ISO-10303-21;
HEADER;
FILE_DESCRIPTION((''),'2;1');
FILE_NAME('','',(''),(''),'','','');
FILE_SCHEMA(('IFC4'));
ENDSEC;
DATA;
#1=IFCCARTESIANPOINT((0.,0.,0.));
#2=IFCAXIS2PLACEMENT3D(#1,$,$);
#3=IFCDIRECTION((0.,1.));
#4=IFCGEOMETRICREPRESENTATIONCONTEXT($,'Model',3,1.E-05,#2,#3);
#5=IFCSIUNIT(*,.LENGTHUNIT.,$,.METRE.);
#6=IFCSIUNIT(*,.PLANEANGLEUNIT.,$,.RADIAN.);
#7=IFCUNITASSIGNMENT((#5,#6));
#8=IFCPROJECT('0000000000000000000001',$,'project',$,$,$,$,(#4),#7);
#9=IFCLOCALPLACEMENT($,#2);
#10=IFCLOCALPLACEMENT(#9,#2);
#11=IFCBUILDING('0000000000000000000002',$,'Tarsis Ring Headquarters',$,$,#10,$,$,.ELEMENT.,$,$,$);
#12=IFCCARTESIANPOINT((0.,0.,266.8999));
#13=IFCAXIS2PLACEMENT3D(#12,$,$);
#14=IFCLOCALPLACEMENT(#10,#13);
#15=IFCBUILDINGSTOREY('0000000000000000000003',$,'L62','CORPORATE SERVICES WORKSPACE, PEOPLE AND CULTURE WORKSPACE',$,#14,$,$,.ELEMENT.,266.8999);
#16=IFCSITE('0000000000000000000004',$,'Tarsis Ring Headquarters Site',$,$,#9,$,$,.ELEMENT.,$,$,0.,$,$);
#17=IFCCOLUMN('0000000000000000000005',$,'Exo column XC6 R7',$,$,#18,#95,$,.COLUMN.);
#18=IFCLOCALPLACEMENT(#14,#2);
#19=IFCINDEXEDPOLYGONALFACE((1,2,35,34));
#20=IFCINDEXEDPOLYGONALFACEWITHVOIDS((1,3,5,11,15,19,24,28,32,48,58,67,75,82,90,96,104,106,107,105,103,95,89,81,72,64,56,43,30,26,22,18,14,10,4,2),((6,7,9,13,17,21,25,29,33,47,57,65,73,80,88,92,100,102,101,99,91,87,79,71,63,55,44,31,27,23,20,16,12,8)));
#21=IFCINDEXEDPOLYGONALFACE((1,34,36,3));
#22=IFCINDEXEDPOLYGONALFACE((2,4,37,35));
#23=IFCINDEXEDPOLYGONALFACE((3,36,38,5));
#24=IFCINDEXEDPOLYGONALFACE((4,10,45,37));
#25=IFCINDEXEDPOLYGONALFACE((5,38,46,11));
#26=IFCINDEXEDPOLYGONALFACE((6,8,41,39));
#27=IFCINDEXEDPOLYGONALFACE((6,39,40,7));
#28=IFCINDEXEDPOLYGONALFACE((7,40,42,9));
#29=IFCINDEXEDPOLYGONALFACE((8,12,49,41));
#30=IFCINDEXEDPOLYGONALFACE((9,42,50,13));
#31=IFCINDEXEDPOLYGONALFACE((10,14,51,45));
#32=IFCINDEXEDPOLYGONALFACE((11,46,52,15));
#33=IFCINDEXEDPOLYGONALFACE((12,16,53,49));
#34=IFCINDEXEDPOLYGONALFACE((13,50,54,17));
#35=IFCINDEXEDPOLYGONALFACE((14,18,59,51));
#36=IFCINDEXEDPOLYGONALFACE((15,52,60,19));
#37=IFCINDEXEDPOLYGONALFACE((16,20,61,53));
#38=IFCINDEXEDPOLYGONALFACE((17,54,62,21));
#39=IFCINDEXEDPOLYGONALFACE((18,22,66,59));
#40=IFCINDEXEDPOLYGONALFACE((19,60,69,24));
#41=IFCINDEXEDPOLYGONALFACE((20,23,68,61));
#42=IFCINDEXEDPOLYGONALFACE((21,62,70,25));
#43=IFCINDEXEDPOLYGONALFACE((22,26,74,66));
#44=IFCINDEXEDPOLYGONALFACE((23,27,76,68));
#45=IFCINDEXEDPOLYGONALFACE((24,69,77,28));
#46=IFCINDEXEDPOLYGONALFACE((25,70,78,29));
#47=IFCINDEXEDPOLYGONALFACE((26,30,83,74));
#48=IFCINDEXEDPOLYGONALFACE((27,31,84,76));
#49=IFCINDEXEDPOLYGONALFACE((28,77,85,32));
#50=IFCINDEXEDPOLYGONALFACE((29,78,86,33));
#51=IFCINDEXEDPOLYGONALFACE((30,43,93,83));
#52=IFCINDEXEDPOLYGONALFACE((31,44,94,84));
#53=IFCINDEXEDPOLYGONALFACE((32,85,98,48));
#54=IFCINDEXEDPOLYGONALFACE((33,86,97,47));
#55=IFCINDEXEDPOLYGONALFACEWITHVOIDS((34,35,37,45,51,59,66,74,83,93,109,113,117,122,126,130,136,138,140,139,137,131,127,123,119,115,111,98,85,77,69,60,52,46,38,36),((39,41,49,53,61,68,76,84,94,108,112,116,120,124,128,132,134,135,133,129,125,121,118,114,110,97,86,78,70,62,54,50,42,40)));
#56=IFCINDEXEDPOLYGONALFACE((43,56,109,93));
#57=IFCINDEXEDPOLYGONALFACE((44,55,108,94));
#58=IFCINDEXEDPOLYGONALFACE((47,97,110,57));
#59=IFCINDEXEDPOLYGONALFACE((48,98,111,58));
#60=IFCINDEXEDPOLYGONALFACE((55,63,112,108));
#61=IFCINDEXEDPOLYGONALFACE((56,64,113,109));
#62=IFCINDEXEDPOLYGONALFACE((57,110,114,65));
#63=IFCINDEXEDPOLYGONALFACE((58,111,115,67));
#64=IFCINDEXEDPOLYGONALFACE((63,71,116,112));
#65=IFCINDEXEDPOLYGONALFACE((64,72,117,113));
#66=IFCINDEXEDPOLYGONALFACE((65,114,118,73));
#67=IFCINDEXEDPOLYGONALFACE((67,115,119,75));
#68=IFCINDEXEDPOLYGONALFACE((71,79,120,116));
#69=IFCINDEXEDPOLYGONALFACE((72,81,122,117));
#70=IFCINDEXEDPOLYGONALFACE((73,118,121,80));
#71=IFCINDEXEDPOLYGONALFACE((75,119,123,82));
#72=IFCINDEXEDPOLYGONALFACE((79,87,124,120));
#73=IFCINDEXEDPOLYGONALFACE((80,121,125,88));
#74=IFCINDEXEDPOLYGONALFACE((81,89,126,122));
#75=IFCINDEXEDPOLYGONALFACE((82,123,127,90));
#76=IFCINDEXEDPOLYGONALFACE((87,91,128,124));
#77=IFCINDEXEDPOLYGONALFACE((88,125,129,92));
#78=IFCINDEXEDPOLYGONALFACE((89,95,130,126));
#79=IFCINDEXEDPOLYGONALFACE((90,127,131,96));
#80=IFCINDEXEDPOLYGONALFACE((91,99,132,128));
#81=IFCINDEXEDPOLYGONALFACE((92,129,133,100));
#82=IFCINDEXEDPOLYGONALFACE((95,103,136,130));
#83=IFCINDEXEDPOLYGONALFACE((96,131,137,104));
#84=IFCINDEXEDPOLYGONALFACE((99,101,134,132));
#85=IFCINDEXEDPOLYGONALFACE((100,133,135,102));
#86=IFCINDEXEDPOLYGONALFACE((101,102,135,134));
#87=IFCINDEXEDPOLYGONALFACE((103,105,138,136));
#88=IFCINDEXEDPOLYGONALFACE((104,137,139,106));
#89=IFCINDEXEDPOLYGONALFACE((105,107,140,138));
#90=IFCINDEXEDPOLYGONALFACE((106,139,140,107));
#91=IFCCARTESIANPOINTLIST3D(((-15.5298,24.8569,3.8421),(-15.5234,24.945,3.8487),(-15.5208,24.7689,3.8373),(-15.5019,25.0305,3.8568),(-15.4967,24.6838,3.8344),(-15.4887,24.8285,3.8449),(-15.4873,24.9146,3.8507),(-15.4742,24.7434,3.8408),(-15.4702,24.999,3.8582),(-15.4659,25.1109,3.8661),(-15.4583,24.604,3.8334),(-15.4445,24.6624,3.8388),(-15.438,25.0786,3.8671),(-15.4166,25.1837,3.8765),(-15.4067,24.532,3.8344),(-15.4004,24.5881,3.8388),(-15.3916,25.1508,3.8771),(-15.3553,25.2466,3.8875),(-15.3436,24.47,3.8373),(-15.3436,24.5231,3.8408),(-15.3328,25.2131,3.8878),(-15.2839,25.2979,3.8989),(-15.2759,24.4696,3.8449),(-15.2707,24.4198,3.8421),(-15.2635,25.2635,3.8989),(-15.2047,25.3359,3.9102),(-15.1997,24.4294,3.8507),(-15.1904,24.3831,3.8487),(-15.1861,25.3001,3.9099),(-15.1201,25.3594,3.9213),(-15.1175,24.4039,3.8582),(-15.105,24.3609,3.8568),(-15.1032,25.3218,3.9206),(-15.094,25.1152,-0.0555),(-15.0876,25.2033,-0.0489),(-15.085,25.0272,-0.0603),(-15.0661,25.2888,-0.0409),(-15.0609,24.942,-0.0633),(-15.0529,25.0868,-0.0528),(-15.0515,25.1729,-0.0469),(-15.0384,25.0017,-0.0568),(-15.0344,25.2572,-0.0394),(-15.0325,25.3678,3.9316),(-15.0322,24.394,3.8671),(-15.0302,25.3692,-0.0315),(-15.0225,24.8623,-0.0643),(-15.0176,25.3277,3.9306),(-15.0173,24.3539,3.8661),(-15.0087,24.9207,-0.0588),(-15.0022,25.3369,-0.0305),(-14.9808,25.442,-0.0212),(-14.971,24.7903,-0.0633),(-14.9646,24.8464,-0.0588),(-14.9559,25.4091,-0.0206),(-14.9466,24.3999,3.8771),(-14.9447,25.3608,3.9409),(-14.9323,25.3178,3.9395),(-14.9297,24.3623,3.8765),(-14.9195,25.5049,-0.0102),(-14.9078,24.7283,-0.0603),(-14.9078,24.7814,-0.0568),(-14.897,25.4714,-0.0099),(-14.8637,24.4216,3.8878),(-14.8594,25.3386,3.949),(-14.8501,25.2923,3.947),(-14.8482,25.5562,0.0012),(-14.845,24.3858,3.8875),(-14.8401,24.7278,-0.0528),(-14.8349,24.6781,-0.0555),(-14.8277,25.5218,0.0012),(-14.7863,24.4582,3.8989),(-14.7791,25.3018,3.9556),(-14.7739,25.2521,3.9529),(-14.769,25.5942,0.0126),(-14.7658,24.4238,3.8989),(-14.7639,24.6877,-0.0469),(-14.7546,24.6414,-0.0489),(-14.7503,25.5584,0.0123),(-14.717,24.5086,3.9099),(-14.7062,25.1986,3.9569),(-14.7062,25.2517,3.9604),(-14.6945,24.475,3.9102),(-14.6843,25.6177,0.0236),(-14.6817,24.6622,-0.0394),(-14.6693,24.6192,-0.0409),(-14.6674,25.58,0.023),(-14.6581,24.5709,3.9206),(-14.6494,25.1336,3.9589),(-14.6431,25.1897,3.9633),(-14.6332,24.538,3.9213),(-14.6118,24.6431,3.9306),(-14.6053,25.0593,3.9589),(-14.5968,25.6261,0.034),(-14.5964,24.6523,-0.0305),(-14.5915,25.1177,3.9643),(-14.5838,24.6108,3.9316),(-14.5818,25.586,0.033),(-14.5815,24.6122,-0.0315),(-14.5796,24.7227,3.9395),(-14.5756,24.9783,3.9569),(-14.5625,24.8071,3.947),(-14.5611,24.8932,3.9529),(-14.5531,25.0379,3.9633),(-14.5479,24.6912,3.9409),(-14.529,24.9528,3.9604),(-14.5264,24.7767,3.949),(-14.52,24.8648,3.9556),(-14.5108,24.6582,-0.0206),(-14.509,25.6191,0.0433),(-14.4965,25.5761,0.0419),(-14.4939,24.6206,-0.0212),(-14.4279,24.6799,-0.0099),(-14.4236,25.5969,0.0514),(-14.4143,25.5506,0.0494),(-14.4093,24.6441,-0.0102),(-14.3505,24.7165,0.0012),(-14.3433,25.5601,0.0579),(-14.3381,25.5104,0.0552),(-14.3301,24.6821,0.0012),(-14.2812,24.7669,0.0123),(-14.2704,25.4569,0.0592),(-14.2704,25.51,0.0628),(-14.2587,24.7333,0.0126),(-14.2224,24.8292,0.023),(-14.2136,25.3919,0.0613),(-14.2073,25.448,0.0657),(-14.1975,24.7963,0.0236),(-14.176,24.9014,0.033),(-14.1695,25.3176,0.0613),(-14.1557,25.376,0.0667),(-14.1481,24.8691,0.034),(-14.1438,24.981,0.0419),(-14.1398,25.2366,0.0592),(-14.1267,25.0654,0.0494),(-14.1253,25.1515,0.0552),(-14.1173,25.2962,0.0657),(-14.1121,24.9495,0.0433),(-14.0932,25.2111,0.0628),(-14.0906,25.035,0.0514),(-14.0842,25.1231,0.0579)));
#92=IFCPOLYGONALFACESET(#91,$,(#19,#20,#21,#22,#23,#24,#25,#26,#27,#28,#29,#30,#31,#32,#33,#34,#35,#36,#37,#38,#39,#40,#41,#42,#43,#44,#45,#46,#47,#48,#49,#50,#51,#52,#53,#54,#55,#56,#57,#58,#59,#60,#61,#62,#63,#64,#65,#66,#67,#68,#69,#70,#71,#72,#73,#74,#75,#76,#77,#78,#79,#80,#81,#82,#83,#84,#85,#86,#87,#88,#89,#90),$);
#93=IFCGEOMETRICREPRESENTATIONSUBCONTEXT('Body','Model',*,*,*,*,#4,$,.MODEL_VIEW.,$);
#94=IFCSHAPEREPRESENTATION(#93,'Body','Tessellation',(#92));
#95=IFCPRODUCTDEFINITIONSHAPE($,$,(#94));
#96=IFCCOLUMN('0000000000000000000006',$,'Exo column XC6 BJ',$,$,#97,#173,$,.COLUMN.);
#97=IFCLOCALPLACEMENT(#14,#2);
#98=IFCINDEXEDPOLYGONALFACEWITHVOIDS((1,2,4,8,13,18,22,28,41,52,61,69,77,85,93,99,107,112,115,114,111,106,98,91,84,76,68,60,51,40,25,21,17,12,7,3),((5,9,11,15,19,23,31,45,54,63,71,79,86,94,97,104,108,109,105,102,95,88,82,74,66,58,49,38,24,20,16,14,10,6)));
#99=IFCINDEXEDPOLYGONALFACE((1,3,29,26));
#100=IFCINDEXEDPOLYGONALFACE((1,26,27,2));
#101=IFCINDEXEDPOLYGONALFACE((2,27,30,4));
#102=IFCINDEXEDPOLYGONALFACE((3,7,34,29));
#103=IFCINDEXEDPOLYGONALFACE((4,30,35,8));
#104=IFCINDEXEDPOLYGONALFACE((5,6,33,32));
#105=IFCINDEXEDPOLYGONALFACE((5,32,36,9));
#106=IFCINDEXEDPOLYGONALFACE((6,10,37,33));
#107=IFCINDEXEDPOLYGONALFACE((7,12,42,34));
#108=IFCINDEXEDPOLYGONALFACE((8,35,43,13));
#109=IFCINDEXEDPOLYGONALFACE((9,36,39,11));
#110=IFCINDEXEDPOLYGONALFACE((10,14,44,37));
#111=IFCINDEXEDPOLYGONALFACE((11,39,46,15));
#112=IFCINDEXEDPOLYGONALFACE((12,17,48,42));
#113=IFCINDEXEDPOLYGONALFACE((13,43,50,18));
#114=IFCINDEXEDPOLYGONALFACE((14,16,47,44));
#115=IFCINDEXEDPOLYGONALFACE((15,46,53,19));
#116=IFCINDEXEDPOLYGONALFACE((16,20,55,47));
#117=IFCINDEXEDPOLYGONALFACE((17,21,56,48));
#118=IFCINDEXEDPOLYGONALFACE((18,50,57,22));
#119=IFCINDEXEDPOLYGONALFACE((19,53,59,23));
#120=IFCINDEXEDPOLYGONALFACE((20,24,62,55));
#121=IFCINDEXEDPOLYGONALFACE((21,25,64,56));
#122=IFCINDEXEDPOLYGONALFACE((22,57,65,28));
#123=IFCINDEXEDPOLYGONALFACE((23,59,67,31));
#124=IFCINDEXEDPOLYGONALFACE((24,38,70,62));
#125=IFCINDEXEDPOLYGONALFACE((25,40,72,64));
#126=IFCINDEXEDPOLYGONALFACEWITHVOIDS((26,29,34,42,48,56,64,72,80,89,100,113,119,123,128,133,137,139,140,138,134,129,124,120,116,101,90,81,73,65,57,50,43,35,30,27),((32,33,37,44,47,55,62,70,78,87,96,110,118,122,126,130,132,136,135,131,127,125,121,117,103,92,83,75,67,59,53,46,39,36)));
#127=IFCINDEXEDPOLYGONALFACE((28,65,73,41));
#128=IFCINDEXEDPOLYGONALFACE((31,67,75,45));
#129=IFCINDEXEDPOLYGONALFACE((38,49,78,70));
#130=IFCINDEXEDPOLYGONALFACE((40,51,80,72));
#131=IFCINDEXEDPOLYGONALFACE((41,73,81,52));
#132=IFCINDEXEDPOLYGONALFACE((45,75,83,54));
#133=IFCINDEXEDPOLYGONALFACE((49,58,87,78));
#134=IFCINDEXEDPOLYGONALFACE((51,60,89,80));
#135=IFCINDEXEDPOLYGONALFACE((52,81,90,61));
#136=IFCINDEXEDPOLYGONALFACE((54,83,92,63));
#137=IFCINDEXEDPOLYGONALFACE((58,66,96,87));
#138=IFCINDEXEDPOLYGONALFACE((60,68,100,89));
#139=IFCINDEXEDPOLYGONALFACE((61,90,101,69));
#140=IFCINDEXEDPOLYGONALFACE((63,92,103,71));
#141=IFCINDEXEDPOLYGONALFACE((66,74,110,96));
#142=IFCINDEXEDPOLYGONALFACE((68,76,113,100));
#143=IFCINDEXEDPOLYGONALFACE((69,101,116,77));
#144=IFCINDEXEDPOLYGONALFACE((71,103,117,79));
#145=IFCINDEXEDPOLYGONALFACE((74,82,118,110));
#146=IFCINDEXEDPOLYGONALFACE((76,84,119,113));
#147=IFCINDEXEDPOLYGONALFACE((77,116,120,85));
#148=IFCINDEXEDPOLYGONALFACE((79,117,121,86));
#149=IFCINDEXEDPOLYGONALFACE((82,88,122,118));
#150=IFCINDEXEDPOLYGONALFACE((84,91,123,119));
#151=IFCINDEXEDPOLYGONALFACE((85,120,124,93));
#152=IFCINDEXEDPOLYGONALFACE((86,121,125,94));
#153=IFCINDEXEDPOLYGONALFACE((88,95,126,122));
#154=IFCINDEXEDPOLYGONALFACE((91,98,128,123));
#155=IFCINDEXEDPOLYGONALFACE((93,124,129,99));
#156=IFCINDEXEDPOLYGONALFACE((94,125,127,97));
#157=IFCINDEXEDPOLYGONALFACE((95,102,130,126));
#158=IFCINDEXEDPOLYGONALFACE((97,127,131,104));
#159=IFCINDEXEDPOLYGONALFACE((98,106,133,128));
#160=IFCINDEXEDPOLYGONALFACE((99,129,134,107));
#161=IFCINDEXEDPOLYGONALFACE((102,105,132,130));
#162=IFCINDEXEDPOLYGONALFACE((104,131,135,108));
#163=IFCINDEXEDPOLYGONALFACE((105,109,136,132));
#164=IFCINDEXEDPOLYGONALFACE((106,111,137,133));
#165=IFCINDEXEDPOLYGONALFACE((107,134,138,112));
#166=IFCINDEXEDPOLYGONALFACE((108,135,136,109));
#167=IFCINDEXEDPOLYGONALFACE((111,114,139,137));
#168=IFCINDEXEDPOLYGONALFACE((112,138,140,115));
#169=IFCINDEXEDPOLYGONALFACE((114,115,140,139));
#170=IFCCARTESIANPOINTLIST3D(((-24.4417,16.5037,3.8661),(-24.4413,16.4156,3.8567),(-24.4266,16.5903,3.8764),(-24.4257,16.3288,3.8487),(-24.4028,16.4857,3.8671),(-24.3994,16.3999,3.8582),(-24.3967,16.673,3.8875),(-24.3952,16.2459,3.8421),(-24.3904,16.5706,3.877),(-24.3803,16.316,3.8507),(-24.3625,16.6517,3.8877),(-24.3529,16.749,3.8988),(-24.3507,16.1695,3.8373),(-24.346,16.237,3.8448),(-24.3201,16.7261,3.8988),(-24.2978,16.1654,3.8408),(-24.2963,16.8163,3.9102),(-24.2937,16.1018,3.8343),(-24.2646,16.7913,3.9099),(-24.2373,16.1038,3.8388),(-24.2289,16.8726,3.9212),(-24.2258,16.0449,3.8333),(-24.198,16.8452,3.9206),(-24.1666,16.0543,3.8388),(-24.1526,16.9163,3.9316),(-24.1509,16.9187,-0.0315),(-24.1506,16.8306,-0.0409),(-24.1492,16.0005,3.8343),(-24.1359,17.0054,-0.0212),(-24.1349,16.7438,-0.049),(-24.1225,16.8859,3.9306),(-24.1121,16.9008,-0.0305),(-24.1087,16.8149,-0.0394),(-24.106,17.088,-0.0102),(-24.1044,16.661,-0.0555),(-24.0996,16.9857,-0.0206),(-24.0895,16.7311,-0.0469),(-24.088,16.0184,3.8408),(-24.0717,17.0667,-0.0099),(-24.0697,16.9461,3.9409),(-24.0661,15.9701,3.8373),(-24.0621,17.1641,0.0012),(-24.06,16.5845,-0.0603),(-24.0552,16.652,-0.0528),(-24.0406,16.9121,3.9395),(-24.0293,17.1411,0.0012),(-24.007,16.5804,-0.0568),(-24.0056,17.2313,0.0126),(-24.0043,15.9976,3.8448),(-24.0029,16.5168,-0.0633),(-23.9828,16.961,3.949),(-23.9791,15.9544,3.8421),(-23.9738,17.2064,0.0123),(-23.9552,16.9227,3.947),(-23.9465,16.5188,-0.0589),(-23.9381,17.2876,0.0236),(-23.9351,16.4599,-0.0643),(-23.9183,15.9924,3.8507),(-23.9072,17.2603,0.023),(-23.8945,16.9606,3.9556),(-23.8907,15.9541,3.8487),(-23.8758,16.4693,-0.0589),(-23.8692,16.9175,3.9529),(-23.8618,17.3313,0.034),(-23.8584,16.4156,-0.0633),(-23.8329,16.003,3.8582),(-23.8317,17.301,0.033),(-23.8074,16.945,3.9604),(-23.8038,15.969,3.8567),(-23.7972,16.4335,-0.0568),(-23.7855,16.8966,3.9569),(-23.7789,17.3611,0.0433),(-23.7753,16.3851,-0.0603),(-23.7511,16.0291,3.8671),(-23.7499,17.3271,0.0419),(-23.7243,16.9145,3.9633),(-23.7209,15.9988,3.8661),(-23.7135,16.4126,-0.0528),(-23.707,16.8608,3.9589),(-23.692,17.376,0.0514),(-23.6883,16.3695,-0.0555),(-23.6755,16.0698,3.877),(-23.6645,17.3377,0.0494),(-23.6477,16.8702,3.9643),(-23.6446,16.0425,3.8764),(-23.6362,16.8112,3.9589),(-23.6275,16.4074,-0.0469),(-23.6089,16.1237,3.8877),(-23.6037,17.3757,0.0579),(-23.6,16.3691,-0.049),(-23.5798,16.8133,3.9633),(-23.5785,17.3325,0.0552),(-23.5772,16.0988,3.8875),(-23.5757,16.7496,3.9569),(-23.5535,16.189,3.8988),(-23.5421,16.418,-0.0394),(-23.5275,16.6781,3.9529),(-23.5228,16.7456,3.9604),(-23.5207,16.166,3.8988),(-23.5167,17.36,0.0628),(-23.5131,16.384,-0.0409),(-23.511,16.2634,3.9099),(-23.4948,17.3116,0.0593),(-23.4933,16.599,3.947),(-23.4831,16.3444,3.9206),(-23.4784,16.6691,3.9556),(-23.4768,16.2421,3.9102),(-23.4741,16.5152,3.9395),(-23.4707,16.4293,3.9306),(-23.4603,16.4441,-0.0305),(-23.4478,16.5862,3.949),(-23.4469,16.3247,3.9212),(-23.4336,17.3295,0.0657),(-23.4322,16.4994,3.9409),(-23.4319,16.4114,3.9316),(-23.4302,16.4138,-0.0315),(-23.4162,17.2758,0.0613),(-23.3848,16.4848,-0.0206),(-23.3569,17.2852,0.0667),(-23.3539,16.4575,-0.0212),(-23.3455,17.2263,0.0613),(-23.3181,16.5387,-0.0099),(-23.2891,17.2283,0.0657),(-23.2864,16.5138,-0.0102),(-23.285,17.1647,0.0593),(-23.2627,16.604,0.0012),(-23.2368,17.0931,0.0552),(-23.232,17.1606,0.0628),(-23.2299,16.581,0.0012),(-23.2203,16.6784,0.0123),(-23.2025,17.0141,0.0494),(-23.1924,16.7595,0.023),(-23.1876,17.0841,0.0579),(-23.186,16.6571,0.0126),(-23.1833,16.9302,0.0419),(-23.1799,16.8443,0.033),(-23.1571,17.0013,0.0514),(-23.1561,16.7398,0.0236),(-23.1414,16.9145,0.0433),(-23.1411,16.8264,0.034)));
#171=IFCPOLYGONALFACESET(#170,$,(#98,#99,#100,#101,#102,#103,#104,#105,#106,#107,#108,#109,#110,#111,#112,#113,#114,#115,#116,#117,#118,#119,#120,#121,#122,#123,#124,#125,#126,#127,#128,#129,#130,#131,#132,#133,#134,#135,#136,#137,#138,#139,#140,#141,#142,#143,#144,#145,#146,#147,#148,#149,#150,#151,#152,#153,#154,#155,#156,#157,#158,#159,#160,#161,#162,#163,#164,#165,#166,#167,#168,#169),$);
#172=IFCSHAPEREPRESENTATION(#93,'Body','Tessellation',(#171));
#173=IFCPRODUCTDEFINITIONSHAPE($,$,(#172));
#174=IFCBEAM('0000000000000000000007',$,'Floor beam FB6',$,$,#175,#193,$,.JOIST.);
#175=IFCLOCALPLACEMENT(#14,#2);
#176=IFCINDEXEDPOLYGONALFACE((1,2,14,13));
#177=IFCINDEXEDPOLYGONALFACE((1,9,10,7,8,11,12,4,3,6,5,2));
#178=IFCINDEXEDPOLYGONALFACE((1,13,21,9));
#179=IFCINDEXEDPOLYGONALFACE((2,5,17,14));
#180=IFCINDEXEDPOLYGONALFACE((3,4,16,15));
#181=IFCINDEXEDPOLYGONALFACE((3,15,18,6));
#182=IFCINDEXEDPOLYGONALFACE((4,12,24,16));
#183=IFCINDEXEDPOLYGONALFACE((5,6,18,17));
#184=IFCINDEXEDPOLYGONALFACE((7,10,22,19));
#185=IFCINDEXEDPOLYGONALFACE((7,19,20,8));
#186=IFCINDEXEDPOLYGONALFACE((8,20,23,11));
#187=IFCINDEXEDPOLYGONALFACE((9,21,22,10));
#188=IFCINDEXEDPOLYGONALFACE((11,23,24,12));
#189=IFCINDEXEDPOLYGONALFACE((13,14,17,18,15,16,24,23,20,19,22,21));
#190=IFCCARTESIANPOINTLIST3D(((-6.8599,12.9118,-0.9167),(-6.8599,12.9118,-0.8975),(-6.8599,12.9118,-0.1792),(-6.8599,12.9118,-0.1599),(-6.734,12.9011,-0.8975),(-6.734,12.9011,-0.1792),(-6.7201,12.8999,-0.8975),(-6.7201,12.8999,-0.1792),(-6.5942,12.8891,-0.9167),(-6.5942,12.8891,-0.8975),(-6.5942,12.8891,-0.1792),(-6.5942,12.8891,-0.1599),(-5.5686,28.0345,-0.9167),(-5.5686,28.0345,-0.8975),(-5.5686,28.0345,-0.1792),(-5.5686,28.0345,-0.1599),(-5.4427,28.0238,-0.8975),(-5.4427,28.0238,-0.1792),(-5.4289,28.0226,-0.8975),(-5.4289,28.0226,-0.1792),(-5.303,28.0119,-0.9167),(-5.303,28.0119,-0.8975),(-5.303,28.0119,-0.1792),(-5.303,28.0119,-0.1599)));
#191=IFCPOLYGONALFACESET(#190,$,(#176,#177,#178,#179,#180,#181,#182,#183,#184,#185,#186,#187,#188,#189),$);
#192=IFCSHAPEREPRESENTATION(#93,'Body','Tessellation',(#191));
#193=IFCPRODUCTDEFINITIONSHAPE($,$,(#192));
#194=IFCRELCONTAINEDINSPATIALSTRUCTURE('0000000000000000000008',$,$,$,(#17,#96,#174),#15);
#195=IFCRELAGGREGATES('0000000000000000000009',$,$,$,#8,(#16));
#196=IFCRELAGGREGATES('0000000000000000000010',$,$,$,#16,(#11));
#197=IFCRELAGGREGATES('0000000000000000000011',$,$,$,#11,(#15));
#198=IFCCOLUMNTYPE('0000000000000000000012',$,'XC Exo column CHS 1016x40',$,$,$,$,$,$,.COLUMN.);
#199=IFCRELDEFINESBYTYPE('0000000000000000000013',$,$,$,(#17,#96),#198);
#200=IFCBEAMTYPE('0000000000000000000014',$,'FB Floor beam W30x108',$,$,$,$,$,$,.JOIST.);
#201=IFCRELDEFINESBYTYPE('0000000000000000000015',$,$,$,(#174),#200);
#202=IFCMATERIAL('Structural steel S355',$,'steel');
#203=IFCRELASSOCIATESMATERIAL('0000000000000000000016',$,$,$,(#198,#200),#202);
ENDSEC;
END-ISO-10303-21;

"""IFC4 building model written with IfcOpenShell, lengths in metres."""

from ifc_helpers import new_model, si_unit, direction, frame, origin, origin_2d, place, context, subcontext, project, spatial, hollow_circle, i_section, extrude, material, material_profile, profile_set, type_object, element, save


model = new_model("IFC4")

# Units and contexts
model_context = context("Model", 3, precision=1e-05, world=origin(), true_north=direction((0.0, 1.0)))
body_context = subcontext(model_context, "Body", "Model", "MODEL_VIEW")
ifc_project = project(units=[si_unit("LENGTHUNIT", "METRE"), si_unit("PLANEANGLEUNIT", "RADIAN")], contexts=[model_context])

# Site, building, storey
site_placement = place(None, origin())
site = spatial("IfcSite", under=ifc_project, at=site_placement, Name="Tarsis Ring Headquarters Site", CompositionType="ELEMENT", RefElevation=0.0)
building_placement = place(site_placement, origin())
building = spatial("IfcBuilding", under=site, at=building_placement, Name="Tarsis Ring Headquarters", CompositionType="ELEMENT")
storey_placement = place(building_placement, frame((0.0, 0.0, 266.8999)))
storey = spatial("IfcBuildingStorey", under=building, at=storey_placement, Name="L62", Description="CORPORATE SERVICES WORKSPACE, PEOPLE AND CULTURE WORKSPACE", CompositionType="ELEMENT", Elevation=266.8999)

# Columns
ifc_material_1 = material(Name="Structural steel S355", Category="steel")
ifc_material_profile_1 = material_profile(ifc_material_1, hollow_circle(Radius=0.5081, WallThickness=0.04, at=origin_2d()), Name="CHS 1016x40")
ifc_profile_set_1 = profile_set([ifc_material_profile_1], Name="Structural steel S355")
column_type = type_object("IfcColumnType", Name="XC Exo column CHS 1016x40", PredefinedType="COLUMN", material=ifc_profile_set_1)
for number, where, z_axis, x_axis, name in (
    (1, (-14.5891, 25.1191, 0.0012), (-0.110875, -0.065717, 0.991659), (0.509882, -0.860245, 0.0), "Exo column XC6 R7"),
    (2, (-23.646, 16.8726, 0.0012), (-0.073978, -0.105594, 0.991654), (0.819006, -0.573786, 0.0), "Exo column XC6 BJ"),
):
    element("IfcColumn", number, at=place(storey_placement, frame(where, z_axis=z_axis, x_axis=x_axis)), inside=storey, type_object=column_type, Name=name, PredefinedType="COLUMN", context=body_context, shape_type="SweptSolid", body=[
        extrude(hollow_circle(Radius=0.5081, WallThickness=0.04, at=origin_2d()), origin(), (0.0, 0.0, 1.0), 3.9304),
    ])

# Beam
ifc_material_profile_2 = material_profile(ifc_material_1, i_section(OverallWidth=0.2666, OverallDepth=0.7568, WebThickness=0.0139, FlangeThickness=0.0193, at=origin_2d()), Name="W30x108")
ifc_profile_set_2 = profile_set([ifc_material_profile_2], Name="Structural steel S355")
beam_type_1 = type_object("IfcBeamType", Name="FB Floor beam W30x108", PredefinedType="JOIST", material=ifc_profile_set_2)
beam_1_placement = place(storey_placement, frame((-5.4358, 28.0232, -0.5383), z_axis=(-0.085075, -0.996375, 0.0), x_axis=(0.996375, -0.085075, 0.0)))
element("IfcBeam", 3, at=beam_1_placement, inside=storey, type_object=beam_type_1, Name="Floor beam FB6", PredefinedType="JOIST", context=body_context, shape_type="SweptSolid", body=[
    extrude(i_section(OverallWidth=0.2666, OverallDepth=0.7568, WebThickness=0.0139, FlangeThickness=0.0193, at=origin_2d()), origin(), (0.0, 0.0, 1.0), 15.1777),
])

save(model, "model.ifc")
